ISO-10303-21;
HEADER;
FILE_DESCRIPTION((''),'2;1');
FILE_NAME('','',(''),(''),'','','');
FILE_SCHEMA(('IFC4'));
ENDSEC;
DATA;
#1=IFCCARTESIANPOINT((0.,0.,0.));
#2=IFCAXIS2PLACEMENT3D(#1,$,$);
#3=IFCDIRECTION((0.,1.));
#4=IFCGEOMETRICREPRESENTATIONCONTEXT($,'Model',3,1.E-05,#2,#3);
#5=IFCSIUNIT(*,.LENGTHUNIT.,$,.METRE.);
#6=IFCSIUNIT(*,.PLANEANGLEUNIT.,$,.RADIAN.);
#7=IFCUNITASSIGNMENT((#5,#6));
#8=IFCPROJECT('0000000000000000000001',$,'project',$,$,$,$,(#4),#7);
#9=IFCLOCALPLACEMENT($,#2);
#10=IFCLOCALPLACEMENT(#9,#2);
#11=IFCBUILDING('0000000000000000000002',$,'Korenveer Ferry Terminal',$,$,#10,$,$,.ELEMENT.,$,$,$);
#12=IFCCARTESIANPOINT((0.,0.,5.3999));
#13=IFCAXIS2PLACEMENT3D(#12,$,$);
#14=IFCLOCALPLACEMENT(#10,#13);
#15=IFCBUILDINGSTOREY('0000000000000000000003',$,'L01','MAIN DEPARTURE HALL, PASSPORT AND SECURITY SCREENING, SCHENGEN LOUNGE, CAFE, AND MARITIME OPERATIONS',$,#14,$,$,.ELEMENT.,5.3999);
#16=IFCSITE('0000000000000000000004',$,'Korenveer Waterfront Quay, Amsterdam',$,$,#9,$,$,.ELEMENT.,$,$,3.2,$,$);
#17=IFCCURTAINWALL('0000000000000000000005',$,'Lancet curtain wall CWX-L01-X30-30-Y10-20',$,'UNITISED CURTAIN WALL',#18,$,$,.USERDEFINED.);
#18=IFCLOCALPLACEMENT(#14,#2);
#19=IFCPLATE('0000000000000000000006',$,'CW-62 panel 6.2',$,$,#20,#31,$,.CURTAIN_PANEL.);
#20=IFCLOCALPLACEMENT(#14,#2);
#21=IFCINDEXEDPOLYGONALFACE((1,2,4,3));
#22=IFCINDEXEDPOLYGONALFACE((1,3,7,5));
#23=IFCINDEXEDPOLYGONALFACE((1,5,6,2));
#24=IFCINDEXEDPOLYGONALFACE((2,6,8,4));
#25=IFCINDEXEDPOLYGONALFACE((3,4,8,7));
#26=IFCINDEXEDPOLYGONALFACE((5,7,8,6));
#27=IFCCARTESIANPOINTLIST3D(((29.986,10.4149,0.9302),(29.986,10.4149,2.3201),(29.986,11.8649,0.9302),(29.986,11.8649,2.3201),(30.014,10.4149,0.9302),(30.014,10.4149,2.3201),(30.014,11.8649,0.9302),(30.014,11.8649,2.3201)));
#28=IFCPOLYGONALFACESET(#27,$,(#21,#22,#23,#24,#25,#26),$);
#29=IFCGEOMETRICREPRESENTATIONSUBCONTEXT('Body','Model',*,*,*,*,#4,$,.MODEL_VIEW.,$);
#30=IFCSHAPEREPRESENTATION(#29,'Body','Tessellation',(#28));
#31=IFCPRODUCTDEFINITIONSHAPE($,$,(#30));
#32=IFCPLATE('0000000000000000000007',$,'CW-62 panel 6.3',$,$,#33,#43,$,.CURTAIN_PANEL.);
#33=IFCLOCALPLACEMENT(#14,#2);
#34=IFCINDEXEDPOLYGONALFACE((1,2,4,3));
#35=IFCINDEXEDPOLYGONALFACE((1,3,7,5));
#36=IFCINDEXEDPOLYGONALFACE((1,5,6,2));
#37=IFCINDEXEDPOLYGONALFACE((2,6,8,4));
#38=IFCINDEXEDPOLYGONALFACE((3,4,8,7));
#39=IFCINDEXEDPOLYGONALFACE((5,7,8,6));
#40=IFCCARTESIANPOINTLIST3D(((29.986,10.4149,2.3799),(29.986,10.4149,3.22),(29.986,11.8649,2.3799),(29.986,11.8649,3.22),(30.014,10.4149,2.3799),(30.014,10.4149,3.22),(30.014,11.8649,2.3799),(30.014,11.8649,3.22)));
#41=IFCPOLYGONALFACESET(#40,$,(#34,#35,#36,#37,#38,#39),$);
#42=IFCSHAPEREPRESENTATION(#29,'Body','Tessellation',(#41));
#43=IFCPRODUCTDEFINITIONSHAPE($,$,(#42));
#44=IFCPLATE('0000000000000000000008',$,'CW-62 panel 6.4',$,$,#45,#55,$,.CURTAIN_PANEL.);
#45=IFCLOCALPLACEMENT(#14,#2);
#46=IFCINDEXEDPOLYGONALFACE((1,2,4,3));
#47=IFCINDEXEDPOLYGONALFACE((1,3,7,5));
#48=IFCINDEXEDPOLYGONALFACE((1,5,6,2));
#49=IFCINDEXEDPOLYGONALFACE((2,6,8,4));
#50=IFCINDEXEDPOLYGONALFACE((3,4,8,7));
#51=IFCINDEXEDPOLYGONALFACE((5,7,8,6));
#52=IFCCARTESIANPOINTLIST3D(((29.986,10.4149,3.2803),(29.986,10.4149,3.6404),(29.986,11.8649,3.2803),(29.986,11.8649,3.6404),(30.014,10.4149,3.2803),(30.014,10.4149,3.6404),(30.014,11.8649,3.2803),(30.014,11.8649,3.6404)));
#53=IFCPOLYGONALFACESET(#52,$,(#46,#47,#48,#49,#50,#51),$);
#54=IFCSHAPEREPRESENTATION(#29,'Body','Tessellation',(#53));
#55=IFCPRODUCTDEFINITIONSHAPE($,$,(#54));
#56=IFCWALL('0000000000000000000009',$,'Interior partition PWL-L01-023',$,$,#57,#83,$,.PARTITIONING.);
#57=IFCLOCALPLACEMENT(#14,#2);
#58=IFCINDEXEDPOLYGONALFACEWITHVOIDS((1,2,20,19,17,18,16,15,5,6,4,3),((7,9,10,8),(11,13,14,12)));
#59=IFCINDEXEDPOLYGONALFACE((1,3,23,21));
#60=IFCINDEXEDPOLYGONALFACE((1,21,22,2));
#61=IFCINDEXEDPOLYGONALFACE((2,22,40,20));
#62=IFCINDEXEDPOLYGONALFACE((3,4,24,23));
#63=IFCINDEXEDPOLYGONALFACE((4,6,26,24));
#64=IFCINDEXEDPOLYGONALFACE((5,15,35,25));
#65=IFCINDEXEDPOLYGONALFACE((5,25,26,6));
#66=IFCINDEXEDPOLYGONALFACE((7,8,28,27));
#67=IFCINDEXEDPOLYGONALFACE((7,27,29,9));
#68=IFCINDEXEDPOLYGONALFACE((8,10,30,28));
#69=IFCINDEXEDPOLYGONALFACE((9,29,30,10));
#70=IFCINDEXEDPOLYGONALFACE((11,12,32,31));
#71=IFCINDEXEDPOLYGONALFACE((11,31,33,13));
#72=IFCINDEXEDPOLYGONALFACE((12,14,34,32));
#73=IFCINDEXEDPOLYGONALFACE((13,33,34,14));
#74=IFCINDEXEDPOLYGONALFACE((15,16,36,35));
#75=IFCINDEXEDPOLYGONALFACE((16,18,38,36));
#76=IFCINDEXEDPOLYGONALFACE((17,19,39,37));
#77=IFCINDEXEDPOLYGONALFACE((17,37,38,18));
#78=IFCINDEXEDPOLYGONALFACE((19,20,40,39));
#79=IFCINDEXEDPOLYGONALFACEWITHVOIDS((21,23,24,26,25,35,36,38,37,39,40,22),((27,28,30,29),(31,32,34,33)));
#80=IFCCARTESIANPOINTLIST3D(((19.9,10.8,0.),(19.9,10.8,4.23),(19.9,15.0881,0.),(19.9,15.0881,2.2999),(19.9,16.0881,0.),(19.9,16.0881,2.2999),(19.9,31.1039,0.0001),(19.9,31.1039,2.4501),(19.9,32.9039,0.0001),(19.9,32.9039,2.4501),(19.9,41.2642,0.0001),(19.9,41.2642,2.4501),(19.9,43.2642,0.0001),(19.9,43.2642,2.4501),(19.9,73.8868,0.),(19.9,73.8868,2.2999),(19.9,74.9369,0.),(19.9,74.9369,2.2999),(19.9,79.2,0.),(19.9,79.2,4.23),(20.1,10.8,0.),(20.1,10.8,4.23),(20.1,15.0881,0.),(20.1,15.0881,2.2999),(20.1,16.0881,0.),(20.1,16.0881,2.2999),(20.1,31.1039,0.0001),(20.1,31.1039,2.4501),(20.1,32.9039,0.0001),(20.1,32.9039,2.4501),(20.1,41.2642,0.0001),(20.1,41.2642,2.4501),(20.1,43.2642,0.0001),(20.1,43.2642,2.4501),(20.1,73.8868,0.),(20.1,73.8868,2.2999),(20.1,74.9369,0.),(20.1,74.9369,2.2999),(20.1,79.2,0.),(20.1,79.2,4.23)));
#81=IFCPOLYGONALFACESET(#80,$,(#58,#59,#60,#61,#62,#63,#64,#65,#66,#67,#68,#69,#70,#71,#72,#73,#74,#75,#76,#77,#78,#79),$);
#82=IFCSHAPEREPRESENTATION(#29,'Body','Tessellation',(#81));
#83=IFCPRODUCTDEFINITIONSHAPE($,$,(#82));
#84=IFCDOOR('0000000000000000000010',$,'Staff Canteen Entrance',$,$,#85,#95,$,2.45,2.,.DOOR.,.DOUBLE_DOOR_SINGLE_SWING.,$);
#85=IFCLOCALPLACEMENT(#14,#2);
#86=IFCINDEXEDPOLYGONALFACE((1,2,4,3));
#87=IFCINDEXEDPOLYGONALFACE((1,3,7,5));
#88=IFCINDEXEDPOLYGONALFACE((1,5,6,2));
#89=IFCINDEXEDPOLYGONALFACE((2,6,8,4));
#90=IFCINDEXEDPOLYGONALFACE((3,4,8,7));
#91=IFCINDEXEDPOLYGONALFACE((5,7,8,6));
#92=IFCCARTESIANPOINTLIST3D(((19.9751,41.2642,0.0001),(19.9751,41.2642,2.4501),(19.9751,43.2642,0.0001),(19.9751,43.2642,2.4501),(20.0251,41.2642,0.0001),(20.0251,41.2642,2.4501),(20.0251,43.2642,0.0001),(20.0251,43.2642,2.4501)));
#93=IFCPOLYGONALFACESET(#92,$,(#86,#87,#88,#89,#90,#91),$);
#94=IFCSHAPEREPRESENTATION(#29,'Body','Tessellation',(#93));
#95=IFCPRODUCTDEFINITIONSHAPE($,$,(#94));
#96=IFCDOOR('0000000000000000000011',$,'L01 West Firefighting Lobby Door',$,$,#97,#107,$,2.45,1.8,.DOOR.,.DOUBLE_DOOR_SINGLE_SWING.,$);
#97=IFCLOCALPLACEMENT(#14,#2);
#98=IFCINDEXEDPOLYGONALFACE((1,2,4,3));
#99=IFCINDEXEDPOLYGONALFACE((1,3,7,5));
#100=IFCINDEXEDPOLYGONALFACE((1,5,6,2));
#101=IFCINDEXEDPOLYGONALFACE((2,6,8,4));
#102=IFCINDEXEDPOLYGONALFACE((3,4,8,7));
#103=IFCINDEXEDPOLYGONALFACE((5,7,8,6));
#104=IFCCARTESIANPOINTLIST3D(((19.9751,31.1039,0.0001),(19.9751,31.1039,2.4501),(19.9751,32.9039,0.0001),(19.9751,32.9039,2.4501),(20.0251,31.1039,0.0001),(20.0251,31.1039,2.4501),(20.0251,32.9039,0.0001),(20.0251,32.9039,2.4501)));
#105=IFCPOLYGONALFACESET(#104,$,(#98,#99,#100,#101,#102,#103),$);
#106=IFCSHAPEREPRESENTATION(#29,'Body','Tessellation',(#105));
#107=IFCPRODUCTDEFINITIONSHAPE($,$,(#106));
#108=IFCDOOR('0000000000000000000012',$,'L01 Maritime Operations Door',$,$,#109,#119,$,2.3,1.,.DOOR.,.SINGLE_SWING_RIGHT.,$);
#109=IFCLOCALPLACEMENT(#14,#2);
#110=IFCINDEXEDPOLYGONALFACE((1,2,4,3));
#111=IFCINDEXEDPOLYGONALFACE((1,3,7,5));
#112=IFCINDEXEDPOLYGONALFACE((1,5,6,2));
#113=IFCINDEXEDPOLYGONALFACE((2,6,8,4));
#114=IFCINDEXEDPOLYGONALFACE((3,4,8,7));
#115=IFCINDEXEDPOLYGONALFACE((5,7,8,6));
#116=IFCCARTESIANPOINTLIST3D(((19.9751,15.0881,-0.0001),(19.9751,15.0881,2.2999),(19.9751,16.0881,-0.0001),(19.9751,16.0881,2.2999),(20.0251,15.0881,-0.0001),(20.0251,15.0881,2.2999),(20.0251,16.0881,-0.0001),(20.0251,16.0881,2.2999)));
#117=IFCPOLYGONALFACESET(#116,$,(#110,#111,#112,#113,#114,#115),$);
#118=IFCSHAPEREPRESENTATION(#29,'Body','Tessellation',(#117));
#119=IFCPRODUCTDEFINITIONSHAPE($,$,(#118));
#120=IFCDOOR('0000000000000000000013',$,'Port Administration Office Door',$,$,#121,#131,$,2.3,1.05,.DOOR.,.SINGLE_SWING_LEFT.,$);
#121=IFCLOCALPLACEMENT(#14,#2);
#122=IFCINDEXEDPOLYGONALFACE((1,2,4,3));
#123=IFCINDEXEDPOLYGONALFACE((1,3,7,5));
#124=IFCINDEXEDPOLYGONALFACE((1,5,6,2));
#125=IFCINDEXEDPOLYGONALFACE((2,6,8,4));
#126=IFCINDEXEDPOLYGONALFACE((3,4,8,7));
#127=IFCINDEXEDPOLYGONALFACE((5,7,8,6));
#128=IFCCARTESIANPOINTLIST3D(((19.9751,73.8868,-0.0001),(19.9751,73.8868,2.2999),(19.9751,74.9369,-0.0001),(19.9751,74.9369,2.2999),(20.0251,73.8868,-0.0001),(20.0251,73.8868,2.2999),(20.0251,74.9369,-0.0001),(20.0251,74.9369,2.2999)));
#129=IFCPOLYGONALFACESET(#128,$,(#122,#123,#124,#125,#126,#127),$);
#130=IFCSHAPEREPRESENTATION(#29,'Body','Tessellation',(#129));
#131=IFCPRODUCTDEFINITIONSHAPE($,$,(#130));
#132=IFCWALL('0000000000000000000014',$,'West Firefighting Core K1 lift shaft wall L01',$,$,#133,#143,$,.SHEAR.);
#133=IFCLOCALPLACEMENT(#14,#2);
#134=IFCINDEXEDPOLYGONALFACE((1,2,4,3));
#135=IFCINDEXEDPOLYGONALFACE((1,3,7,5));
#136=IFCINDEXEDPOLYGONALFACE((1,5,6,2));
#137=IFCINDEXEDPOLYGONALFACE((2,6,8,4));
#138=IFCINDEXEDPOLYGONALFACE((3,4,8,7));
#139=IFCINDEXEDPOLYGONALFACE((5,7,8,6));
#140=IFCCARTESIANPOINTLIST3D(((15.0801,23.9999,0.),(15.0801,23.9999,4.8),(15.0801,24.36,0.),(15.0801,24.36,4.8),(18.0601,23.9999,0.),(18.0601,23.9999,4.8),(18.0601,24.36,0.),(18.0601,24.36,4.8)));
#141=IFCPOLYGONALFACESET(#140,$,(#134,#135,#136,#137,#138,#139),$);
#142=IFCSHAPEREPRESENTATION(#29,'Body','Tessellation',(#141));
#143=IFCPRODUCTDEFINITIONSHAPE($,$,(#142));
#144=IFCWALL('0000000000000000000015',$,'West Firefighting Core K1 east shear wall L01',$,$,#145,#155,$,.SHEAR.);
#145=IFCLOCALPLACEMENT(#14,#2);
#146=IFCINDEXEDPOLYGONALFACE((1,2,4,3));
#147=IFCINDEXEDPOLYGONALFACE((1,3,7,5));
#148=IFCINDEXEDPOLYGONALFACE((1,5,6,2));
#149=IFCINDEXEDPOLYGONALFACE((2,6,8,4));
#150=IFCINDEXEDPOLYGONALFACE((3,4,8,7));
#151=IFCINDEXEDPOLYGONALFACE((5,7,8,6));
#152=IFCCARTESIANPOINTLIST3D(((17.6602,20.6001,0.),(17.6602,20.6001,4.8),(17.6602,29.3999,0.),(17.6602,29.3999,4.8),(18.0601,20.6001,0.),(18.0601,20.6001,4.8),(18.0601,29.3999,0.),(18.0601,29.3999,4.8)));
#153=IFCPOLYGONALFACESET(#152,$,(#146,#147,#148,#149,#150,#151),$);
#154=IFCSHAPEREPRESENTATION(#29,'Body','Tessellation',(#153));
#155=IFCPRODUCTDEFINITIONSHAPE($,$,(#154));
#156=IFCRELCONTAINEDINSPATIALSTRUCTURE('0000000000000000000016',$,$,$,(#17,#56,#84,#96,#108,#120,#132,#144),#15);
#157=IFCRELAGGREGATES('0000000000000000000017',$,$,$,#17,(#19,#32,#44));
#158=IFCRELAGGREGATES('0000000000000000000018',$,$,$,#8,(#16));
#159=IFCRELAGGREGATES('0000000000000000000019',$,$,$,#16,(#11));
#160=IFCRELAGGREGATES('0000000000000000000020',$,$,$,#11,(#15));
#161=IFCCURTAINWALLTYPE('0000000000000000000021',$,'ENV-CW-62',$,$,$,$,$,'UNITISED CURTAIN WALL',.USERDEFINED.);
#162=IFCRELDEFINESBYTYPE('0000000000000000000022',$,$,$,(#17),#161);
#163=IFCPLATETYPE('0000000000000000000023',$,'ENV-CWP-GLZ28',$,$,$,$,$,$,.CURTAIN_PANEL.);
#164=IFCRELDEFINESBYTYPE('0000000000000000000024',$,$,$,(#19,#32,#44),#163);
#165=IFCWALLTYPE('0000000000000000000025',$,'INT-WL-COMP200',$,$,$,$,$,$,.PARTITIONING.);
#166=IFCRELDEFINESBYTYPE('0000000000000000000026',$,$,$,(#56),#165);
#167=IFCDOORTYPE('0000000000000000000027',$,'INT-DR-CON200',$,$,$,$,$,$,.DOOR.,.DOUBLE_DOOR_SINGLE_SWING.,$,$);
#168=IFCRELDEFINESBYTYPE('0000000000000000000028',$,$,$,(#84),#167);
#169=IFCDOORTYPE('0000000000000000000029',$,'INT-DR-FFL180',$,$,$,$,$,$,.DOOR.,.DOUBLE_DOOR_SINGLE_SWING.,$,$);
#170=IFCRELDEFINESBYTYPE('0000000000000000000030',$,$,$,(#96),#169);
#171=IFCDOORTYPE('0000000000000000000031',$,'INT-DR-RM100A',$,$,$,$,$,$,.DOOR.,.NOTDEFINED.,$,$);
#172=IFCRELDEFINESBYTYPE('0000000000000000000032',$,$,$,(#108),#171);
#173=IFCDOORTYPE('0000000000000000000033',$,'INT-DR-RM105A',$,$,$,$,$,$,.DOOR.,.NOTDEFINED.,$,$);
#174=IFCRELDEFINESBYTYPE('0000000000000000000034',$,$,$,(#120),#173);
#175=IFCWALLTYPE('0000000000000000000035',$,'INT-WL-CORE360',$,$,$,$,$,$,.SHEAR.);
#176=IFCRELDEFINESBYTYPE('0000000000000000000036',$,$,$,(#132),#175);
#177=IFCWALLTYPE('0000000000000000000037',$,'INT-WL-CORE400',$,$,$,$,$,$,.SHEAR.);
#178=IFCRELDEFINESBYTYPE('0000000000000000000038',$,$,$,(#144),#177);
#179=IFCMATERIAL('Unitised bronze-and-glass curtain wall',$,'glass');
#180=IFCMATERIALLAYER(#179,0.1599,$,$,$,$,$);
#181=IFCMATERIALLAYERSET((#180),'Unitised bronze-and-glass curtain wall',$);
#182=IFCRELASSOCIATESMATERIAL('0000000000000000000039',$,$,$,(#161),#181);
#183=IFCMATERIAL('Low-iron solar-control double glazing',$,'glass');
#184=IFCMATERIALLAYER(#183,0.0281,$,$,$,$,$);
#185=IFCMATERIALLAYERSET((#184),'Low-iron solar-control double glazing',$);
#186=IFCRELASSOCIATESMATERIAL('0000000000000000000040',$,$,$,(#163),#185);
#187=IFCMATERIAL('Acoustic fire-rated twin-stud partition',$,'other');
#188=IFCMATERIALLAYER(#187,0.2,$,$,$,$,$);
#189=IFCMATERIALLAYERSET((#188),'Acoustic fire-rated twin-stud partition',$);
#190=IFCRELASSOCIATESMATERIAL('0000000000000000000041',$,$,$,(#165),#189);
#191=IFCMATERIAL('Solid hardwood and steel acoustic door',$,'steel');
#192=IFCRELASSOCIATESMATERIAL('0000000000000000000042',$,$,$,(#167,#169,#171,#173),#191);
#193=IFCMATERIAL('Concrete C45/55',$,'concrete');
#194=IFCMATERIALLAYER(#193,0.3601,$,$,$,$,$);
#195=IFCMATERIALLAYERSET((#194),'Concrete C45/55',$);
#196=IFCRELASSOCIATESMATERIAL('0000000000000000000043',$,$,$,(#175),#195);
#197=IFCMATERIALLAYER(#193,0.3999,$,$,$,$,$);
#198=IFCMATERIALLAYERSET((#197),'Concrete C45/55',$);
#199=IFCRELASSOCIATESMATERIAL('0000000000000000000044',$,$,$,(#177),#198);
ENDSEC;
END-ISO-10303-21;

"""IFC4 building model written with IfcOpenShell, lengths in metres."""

from ifc_helpers import new_model, si_unit, direction, frame, frame_2d, origin, origin_2d, place, context, subcontext, project, spatial, rectangle, extrude, material, layer, layer_set, type_object, element, fill, aggregate, save


model = new_model("IFC4")

# Units and contexts
model_context = context("Model", 3, precision=1e-05, world=origin(), true_north=direction((0.0, 1.0)))
body_context = subcontext(model_context, "Body", "Model", "MODEL_VIEW")
ifc_project = project(units=[si_unit("LENGTHUNIT", "METRE"), si_unit("PLANEANGLEUNIT", "RADIAN")], contexts=[model_context])

# Site, building, storey
site_placement = place(None, origin())
site = spatial("IfcSite", under=ifc_project, at=site_placement, Name="Korenveer Waterfront Quay, Amsterdam", CompositionType="ELEMENT", RefElevation=3.2)
building_placement = place(site_placement, origin())
building = spatial("IfcBuilding", under=site, at=building_placement, Name="Korenveer Ferry Terminal", CompositionType="ELEMENT")
storey_placement = place(building_placement, frame((0.0, 0.0, 5.3999)))
storey = spatial("IfcBuildingStorey", under=building, at=storey_placement, Name="L01", Description="MAIN DEPARTURE HALL, PASSPORT AND SECURITY SCREENING, SCHENGEN LOUNGE, CAFE, AND MARITIME OPERATIONS", CompositionType="ELEMENT", Elevation=5.3999)

# Shared definitions
ifc_material_1 = material(Name="Concrete C45/55", Category="concrete")

# Curtain wall
ifc_material_2 = material(Name="Unitised bronze-and-glass curtain wall", Category="glass")
ifc_layer_1 = layer(ifc_material_2, 0.1599)
ifc_layer_set_1 = layer_set([ifc_layer_1], Name="Unitised bronze-and-glass curtain wall")
curtain_wall_type = type_object("IfcCurtainWallType", Name="ENV-CW-62", ElementType="UNITISED CURTAIN WALL", PredefinedType="USERDEFINED", material=ifc_layer_set_1)
curtain_wall_placement = place(storey_placement, frame((30.0, 19.595, 0.0)))
curtain_wall = element("IfcCurtainWall", 1, at=curtain_wall_placement, inside=storey, type_object=curtain_wall_type, Name="Lancet curtain wall CWX-L01-X30-30-Y10-20", ObjectType="UNITISED CURTAIN WALL", PredefinedType="USERDEFINED")

# Plates
ifc_material_3 = material(Name="Low-iron solar-control double glazing", Category="glass")
ifc_layer_2 = layer(ifc_material_3, 0.0281)
ifc_layer_set_2 = layer_set([ifc_layer_2], Name="Low-iron solar-control double glazing")
plate_type = type_object("IfcPlateType", Name="ENV-CWP-GLZ28", PredefinedType="CURTAIN_PANEL", material=ifc_layer_set_2)
plate_1_placement = place(storey_placement, frame((30.0, 11.1399, 0.9302), z_axis=(0.0, 0.0, 1.0), x_axis=(0.0, -1.0, 0.0)))
plate_1 = element("IfcPlate", 2, at=plate_1_placement, type_object=plate_type, Name="CW-62 panel 6.2", PredefinedType="CURTAIN_PANEL", context=body_context, shape_type="SweptSolid", body=[
    extrude(rectangle(XDim=1.45, YDim=0.0281, at=origin_2d()), origin(), (0.0, 0.0, 1.0), 1.3899),
])
plate_2_placement = place(storey_placement, frame((30.0, 11.1399, 2.3799), z_axis=(0.0, 0.0, 1.0), x_axis=(0.0, -1.0, 0.0)))
plate_2 = element("IfcPlate", 3, at=plate_2_placement, type_object=plate_type, Name="CW-62 panel 6.3", PredefinedType="CURTAIN_PANEL", context=body_context, shape_type="SweptSolid", body=[
    extrude(rectangle(XDim=1.45, YDim=0.0281, at=origin_2d()), origin(), (0.0, 0.0, 1.0), 0.8401),
])
plate_3_placement = place(storey_placement, frame((30.0, 11.1399, 3.2803), z_axis=(0.0, 0.0, 1.0), x_axis=(0.0, -1.0, 0.0)))
plate_3 = element("IfcPlate", 4, at=plate_3_placement, type_object=plate_type, Name="CW-62 panel 6.4", PredefinedType="CURTAIN_PANEL", context=body_context, shape_type="SweptSolid", body=[
    extrude(rectangle(XDim=1.45, YDim=0.0281, at=origin_2d()), origin(), (0.0, 0.0, 1.0), 0.3601),
])
aggregate(curtain_wall, [plate_1, plate_2, plate_3])

# Wall, openings, doors
ifc_material_4 = material(Name="Acoustic fire-rated twin-stud partition", Category="other")
ifc_layer_3 = layer(ifc_material_4, 0.2)
ifc_layer_set_3 = layer_set([ifc_layer_3], Name="Acoustic fire-rated twin-stud partition")
wall_type_1 = type_object("IfcWallType", Name="INT-WL-COMP200", PredefinedType="PARTITIONING", material=ifc_layer_set_3)
wall_1_placement = place(storey_placement, frame((20.0, 10.8, 0.0), z_axis=(0.0, 0.0, 1.0), x_axis=(0.0, 1.0, 0.0)))
wall_1 = element("IfcWall", 5, at=wall_1_placement, inside=storey, type_object=wall_type_1, Name="Interior partition PWL-L01-023", PredefinedType="PARTITIONING", context=body_context, shape_type="SweptSolid", body=[
    extrude(rectangle(XDim=68.3999, YDim=0.2, at=frame_2d((34.2, 0.0))), origin(), (0.0, 0.0, 1.0), 4.23),
])
opening_1_placement = place(wall_1_placement, frame((4.2881, 0.0, 0.0)))
opening_1 = element("IfcOpeningElement", 6, at=opening_1_placement, cuts=wall_1, PredefinedType="OPENING", context=body_context, shape_type="SweptSolid", body=[
    extrude(rectangle(XDim=1.0, YDim=2.3, at=frame_2d((0.5, 1.1499))), frame((0.0, 0.1099, 0.0), z_axis=(0.0, -1.0, 0.0), x_axis=(1.0, 0.0, 0.0)), (0.0, 0.0, 1.0), 0.22),
])
opening_2_placement = place(wall_1_placement, frame((20.304, 0.0, 0.0)))
opening_2 = element("IfcOpeningElement", 7, at=opening_2_placement, cuts=wall_1, PredefinedType="OPENING", context=body_context, shape_type="SweptSolid", body=[
    extrude(rectangle(XDim=1.8, YDim=2.45, at=frame_2d((0.8999, 1.2251))), frame((0.0, 0.1099, 0.0), z_axis=(0.0, -1.0, 0.0), x_axis=(1.0, 0.0, 0.0)), (0.0, 0.0, 1.0), 0.22),
])
opening_3_placement = place(wall_1_placement, frame((30.4641, 0.0, 0.0)))
opening_3 = element("IfcOpeningElement", 8, at=opening_3_placement, cuts=wall_1, PredefinedType="OPENING", context=body_context, shape_type="SweptSolid", body=[
    extrude(rectangle(XDim=2.0, YDim=2.45, at=frame_2d((1.0, 1.2251))), frame((0.0, 0.1099, 0.0), z_axis=(0.0, -1.0, 0.0), x_axis=(1.0, 0.0, 0.0)), (0.0, 0.0, 1.0), 0.22),
])
opening_4_placement = place(wall_1_placement, frame((63.0869, 0.0, 0.0)))
opening_4 = element("IfcOpeningElement", 9, at=opening_4_placement, cuts=wall_1, PredefinedType="OPENING", context=body_context, shape_type="SweptSolid", body=[
    extrude(rectangle(XDim=1.05, YDim=2.3, at=frame_2d((0.5249, 1.1499))), frame((0.0, 0.1099, 0.0), z_axis=(0.0, -1.0, 0.0), x_axis=(1.0, 0.0, 0.0)), (0.0, 0.0, 1.0), 0.22),
])
ifc_material_5 = material(Name="Solid hardwood and steel acoustic door", Category="steel")
door_type_1 = type_object("IfcDoorType", Name="INT-DR-CON200", OperationType="DOUBLE_DOOR_SINGLE_SWING", PredefinedType="DOOR", material=ifc_material_5)
door_1_placement = place(opening_3_placement, origin())
door_1 = element("IfcDoor", 10, at=door_1_placement, inside=storey, type_object=door_type_1, Name="Staff Canteen Entrance", OperationType="DOUBLE_DOOR_SINGLE_SWING", OverallHeight=2.45, OverallWidth=2.0, PredefinedType="DOOR", context=body_context, shape_type="SweptSolid", body=[
    extrude(rectangle(XDim=2.0, YDim=2.45, at=frame_2d((1.0, 1.2251))), frame((0.0, 0.0249, 0.0), z_axis=(0.0, -1.0, 0.0), x_axis=(1.0, 0.0, 0.0)), (0.0, 0.0, 1.0), 0.05),
])
fill(opening_3, door_1)
door_type_2 = type_object("IfcDoorType", Name="INT-DR-FFL180", OperationType="DOUBLE_DOOR_SINGLE_SWING", PredefinedType="DOOR", material=ifc_material_5)
door_2_placement = place(opening_2_placement, origin())
door_2 = element("IfcDoor", 11, at=door_2_placement, inside=storey, type_object=door_type_2, Name="L01 West Firefighting Lobby Door", OperationType="DOUBLE_DOOR_SINGLE_SWING", OverallHeight=2.45, OverallWidth=1.8, PredefinedType="DOOR", context=body_context, shape_type="SweptSolid", body=[
    extrude(rectangle(XDim=1.8, YDim=2.45, at=frame_2d((0.8999, 1.2251))), frame((0.0, 0.0249, 0.0), z_axis=(0.0, -1.0, 0.0), x_axis=(1.0, 0.0, 0.0)), (0.0, 0.0, 1.0), 0.05),
])
fill(opening_2, door_2)
door_type_3 = type_object("IfcDoorType", Name="INT-DR-RM100A", OperationType="NOTDEFINED", PredefinedType="DOOR", material=ifc_material_5)
door_3_placement = place(opening_1_placement, origin())
door_3 = element("IfcDoor", 12, at=door_3_placement, inside=storey, type_object=door_type_3, Name="L01 Maritime Operations Door", OperationType="SINGLE_SWING_RIGHT", OverallHeight=2.3, OverallWidth=1.0, PredefinedType="DOOR", context=body_context, shape_type="SweptSolid", body=[
    extrude(rectangle(XDim=1.0, YDim=2.3, at=frame_2d((0.5, 1.1499))), frame((0.0, 0.0249, 0.0), z_axis=(0.0, -1.0, 0.0), x_axis=(1.0, 0.0, 0.0)), (0.0, 0.0, 1.0), 0.05),
])
fill(opening_1, door_3)
door_type_4 = type_object("IfcDoorType", Name="INT-DR-RM105A", OperationType="NOTDEFINED", PredefinedType="DOOR", material=ifc_material_5)
door_4_placement = place(opening_4_placement, origin())
door_4 = element("IfcDoor", 13, at=door_4_placement, inside=storey, type_object=door_type_4, Name="Port Administration Office Door", OperationType="SINGLE_SWING_LEFT", OverallHeight=2.3, OverallWidth=1.05, PredefinedType="DOOR", context=body_context, shape_type="SweptSolid", body=[
    extrude(rectangle(XDim=1.05, YDim=2.3, at=frame_2d((0.5249, 1.1499))), frame((0.0, 0.0249, 0.0), z_axis=(0.0, -1.0, 0.0), x_axis=(1.0, 0.0, 0.0)), (0.0, 0.0, 1.0), 0.05),
])
fill(opening_4, door_4)

# Walls
ifc_layer_4 = layer(ifc_material_1, 0.3601)
ifc_layer_set_4 = layer_set([ifc_layer_4], Name="Concrete C45/55")
wall_type_2 = type_object("IfcWallType", Name="INT-WL-CORE360", PredefinedType="SHEAR", material=ifc_layer_set_4)
wall_2_placement = place(storey_placement, frame((15.0801, 24.1799, 0.0), z_axis=(0.0, 0.0, 1.0), x_axis=(1.0, 0.0, 0.0)))
element("IfcWall", 14, at=wall_2_placement, inside=storey, type_object=wall_type_2, Name="West Firefighting Core K1 lift shaft wall L01", PredefinedType="SHEAR", context=body_context, shape_type="SweptSolid", body=[
    extrude(rectangle(XDim=2.98, YDim=0.3601, at=frame_2d((1.49, 0.0))), origin(), (0.0, 0.0, 1.0), 4.8),
])
ifc_layer_5 = layer(ifc_material_1, 0.3999)
ifc_layer_set_5 = layer_set([ifc_layer_5], Name="Concrete C45/55")
wall_type_3 = type_object("IfcWallType", Name="INT-WL-CORE400", PredefinedType="SHEAR", material=ifc_layer_set_5)
wall_3_placement = place(storey_placement, frame((17.8601, 20.6001, 0.0), z_axis=(0.0, 0.0, 1.0), x_axis=(0.0, 1.0, 0.0)))
element("IfcWall", 15, at=wall_3_placement, inside=storey, type_object=wall_type_3, Name="West Firefighting Core K1 east shear wall L01", PredefinedType="SHEAR", context=body_context, shape_type="SweptSolid", body=[
    extrude(rectangle(XDim=8.7998, YDim=0.3999, at=frame_2d((4.3999, 0.0))), origin(), (0.0, 0.0, 1.0), 4.8),
])

save(model, "model.ifc")
